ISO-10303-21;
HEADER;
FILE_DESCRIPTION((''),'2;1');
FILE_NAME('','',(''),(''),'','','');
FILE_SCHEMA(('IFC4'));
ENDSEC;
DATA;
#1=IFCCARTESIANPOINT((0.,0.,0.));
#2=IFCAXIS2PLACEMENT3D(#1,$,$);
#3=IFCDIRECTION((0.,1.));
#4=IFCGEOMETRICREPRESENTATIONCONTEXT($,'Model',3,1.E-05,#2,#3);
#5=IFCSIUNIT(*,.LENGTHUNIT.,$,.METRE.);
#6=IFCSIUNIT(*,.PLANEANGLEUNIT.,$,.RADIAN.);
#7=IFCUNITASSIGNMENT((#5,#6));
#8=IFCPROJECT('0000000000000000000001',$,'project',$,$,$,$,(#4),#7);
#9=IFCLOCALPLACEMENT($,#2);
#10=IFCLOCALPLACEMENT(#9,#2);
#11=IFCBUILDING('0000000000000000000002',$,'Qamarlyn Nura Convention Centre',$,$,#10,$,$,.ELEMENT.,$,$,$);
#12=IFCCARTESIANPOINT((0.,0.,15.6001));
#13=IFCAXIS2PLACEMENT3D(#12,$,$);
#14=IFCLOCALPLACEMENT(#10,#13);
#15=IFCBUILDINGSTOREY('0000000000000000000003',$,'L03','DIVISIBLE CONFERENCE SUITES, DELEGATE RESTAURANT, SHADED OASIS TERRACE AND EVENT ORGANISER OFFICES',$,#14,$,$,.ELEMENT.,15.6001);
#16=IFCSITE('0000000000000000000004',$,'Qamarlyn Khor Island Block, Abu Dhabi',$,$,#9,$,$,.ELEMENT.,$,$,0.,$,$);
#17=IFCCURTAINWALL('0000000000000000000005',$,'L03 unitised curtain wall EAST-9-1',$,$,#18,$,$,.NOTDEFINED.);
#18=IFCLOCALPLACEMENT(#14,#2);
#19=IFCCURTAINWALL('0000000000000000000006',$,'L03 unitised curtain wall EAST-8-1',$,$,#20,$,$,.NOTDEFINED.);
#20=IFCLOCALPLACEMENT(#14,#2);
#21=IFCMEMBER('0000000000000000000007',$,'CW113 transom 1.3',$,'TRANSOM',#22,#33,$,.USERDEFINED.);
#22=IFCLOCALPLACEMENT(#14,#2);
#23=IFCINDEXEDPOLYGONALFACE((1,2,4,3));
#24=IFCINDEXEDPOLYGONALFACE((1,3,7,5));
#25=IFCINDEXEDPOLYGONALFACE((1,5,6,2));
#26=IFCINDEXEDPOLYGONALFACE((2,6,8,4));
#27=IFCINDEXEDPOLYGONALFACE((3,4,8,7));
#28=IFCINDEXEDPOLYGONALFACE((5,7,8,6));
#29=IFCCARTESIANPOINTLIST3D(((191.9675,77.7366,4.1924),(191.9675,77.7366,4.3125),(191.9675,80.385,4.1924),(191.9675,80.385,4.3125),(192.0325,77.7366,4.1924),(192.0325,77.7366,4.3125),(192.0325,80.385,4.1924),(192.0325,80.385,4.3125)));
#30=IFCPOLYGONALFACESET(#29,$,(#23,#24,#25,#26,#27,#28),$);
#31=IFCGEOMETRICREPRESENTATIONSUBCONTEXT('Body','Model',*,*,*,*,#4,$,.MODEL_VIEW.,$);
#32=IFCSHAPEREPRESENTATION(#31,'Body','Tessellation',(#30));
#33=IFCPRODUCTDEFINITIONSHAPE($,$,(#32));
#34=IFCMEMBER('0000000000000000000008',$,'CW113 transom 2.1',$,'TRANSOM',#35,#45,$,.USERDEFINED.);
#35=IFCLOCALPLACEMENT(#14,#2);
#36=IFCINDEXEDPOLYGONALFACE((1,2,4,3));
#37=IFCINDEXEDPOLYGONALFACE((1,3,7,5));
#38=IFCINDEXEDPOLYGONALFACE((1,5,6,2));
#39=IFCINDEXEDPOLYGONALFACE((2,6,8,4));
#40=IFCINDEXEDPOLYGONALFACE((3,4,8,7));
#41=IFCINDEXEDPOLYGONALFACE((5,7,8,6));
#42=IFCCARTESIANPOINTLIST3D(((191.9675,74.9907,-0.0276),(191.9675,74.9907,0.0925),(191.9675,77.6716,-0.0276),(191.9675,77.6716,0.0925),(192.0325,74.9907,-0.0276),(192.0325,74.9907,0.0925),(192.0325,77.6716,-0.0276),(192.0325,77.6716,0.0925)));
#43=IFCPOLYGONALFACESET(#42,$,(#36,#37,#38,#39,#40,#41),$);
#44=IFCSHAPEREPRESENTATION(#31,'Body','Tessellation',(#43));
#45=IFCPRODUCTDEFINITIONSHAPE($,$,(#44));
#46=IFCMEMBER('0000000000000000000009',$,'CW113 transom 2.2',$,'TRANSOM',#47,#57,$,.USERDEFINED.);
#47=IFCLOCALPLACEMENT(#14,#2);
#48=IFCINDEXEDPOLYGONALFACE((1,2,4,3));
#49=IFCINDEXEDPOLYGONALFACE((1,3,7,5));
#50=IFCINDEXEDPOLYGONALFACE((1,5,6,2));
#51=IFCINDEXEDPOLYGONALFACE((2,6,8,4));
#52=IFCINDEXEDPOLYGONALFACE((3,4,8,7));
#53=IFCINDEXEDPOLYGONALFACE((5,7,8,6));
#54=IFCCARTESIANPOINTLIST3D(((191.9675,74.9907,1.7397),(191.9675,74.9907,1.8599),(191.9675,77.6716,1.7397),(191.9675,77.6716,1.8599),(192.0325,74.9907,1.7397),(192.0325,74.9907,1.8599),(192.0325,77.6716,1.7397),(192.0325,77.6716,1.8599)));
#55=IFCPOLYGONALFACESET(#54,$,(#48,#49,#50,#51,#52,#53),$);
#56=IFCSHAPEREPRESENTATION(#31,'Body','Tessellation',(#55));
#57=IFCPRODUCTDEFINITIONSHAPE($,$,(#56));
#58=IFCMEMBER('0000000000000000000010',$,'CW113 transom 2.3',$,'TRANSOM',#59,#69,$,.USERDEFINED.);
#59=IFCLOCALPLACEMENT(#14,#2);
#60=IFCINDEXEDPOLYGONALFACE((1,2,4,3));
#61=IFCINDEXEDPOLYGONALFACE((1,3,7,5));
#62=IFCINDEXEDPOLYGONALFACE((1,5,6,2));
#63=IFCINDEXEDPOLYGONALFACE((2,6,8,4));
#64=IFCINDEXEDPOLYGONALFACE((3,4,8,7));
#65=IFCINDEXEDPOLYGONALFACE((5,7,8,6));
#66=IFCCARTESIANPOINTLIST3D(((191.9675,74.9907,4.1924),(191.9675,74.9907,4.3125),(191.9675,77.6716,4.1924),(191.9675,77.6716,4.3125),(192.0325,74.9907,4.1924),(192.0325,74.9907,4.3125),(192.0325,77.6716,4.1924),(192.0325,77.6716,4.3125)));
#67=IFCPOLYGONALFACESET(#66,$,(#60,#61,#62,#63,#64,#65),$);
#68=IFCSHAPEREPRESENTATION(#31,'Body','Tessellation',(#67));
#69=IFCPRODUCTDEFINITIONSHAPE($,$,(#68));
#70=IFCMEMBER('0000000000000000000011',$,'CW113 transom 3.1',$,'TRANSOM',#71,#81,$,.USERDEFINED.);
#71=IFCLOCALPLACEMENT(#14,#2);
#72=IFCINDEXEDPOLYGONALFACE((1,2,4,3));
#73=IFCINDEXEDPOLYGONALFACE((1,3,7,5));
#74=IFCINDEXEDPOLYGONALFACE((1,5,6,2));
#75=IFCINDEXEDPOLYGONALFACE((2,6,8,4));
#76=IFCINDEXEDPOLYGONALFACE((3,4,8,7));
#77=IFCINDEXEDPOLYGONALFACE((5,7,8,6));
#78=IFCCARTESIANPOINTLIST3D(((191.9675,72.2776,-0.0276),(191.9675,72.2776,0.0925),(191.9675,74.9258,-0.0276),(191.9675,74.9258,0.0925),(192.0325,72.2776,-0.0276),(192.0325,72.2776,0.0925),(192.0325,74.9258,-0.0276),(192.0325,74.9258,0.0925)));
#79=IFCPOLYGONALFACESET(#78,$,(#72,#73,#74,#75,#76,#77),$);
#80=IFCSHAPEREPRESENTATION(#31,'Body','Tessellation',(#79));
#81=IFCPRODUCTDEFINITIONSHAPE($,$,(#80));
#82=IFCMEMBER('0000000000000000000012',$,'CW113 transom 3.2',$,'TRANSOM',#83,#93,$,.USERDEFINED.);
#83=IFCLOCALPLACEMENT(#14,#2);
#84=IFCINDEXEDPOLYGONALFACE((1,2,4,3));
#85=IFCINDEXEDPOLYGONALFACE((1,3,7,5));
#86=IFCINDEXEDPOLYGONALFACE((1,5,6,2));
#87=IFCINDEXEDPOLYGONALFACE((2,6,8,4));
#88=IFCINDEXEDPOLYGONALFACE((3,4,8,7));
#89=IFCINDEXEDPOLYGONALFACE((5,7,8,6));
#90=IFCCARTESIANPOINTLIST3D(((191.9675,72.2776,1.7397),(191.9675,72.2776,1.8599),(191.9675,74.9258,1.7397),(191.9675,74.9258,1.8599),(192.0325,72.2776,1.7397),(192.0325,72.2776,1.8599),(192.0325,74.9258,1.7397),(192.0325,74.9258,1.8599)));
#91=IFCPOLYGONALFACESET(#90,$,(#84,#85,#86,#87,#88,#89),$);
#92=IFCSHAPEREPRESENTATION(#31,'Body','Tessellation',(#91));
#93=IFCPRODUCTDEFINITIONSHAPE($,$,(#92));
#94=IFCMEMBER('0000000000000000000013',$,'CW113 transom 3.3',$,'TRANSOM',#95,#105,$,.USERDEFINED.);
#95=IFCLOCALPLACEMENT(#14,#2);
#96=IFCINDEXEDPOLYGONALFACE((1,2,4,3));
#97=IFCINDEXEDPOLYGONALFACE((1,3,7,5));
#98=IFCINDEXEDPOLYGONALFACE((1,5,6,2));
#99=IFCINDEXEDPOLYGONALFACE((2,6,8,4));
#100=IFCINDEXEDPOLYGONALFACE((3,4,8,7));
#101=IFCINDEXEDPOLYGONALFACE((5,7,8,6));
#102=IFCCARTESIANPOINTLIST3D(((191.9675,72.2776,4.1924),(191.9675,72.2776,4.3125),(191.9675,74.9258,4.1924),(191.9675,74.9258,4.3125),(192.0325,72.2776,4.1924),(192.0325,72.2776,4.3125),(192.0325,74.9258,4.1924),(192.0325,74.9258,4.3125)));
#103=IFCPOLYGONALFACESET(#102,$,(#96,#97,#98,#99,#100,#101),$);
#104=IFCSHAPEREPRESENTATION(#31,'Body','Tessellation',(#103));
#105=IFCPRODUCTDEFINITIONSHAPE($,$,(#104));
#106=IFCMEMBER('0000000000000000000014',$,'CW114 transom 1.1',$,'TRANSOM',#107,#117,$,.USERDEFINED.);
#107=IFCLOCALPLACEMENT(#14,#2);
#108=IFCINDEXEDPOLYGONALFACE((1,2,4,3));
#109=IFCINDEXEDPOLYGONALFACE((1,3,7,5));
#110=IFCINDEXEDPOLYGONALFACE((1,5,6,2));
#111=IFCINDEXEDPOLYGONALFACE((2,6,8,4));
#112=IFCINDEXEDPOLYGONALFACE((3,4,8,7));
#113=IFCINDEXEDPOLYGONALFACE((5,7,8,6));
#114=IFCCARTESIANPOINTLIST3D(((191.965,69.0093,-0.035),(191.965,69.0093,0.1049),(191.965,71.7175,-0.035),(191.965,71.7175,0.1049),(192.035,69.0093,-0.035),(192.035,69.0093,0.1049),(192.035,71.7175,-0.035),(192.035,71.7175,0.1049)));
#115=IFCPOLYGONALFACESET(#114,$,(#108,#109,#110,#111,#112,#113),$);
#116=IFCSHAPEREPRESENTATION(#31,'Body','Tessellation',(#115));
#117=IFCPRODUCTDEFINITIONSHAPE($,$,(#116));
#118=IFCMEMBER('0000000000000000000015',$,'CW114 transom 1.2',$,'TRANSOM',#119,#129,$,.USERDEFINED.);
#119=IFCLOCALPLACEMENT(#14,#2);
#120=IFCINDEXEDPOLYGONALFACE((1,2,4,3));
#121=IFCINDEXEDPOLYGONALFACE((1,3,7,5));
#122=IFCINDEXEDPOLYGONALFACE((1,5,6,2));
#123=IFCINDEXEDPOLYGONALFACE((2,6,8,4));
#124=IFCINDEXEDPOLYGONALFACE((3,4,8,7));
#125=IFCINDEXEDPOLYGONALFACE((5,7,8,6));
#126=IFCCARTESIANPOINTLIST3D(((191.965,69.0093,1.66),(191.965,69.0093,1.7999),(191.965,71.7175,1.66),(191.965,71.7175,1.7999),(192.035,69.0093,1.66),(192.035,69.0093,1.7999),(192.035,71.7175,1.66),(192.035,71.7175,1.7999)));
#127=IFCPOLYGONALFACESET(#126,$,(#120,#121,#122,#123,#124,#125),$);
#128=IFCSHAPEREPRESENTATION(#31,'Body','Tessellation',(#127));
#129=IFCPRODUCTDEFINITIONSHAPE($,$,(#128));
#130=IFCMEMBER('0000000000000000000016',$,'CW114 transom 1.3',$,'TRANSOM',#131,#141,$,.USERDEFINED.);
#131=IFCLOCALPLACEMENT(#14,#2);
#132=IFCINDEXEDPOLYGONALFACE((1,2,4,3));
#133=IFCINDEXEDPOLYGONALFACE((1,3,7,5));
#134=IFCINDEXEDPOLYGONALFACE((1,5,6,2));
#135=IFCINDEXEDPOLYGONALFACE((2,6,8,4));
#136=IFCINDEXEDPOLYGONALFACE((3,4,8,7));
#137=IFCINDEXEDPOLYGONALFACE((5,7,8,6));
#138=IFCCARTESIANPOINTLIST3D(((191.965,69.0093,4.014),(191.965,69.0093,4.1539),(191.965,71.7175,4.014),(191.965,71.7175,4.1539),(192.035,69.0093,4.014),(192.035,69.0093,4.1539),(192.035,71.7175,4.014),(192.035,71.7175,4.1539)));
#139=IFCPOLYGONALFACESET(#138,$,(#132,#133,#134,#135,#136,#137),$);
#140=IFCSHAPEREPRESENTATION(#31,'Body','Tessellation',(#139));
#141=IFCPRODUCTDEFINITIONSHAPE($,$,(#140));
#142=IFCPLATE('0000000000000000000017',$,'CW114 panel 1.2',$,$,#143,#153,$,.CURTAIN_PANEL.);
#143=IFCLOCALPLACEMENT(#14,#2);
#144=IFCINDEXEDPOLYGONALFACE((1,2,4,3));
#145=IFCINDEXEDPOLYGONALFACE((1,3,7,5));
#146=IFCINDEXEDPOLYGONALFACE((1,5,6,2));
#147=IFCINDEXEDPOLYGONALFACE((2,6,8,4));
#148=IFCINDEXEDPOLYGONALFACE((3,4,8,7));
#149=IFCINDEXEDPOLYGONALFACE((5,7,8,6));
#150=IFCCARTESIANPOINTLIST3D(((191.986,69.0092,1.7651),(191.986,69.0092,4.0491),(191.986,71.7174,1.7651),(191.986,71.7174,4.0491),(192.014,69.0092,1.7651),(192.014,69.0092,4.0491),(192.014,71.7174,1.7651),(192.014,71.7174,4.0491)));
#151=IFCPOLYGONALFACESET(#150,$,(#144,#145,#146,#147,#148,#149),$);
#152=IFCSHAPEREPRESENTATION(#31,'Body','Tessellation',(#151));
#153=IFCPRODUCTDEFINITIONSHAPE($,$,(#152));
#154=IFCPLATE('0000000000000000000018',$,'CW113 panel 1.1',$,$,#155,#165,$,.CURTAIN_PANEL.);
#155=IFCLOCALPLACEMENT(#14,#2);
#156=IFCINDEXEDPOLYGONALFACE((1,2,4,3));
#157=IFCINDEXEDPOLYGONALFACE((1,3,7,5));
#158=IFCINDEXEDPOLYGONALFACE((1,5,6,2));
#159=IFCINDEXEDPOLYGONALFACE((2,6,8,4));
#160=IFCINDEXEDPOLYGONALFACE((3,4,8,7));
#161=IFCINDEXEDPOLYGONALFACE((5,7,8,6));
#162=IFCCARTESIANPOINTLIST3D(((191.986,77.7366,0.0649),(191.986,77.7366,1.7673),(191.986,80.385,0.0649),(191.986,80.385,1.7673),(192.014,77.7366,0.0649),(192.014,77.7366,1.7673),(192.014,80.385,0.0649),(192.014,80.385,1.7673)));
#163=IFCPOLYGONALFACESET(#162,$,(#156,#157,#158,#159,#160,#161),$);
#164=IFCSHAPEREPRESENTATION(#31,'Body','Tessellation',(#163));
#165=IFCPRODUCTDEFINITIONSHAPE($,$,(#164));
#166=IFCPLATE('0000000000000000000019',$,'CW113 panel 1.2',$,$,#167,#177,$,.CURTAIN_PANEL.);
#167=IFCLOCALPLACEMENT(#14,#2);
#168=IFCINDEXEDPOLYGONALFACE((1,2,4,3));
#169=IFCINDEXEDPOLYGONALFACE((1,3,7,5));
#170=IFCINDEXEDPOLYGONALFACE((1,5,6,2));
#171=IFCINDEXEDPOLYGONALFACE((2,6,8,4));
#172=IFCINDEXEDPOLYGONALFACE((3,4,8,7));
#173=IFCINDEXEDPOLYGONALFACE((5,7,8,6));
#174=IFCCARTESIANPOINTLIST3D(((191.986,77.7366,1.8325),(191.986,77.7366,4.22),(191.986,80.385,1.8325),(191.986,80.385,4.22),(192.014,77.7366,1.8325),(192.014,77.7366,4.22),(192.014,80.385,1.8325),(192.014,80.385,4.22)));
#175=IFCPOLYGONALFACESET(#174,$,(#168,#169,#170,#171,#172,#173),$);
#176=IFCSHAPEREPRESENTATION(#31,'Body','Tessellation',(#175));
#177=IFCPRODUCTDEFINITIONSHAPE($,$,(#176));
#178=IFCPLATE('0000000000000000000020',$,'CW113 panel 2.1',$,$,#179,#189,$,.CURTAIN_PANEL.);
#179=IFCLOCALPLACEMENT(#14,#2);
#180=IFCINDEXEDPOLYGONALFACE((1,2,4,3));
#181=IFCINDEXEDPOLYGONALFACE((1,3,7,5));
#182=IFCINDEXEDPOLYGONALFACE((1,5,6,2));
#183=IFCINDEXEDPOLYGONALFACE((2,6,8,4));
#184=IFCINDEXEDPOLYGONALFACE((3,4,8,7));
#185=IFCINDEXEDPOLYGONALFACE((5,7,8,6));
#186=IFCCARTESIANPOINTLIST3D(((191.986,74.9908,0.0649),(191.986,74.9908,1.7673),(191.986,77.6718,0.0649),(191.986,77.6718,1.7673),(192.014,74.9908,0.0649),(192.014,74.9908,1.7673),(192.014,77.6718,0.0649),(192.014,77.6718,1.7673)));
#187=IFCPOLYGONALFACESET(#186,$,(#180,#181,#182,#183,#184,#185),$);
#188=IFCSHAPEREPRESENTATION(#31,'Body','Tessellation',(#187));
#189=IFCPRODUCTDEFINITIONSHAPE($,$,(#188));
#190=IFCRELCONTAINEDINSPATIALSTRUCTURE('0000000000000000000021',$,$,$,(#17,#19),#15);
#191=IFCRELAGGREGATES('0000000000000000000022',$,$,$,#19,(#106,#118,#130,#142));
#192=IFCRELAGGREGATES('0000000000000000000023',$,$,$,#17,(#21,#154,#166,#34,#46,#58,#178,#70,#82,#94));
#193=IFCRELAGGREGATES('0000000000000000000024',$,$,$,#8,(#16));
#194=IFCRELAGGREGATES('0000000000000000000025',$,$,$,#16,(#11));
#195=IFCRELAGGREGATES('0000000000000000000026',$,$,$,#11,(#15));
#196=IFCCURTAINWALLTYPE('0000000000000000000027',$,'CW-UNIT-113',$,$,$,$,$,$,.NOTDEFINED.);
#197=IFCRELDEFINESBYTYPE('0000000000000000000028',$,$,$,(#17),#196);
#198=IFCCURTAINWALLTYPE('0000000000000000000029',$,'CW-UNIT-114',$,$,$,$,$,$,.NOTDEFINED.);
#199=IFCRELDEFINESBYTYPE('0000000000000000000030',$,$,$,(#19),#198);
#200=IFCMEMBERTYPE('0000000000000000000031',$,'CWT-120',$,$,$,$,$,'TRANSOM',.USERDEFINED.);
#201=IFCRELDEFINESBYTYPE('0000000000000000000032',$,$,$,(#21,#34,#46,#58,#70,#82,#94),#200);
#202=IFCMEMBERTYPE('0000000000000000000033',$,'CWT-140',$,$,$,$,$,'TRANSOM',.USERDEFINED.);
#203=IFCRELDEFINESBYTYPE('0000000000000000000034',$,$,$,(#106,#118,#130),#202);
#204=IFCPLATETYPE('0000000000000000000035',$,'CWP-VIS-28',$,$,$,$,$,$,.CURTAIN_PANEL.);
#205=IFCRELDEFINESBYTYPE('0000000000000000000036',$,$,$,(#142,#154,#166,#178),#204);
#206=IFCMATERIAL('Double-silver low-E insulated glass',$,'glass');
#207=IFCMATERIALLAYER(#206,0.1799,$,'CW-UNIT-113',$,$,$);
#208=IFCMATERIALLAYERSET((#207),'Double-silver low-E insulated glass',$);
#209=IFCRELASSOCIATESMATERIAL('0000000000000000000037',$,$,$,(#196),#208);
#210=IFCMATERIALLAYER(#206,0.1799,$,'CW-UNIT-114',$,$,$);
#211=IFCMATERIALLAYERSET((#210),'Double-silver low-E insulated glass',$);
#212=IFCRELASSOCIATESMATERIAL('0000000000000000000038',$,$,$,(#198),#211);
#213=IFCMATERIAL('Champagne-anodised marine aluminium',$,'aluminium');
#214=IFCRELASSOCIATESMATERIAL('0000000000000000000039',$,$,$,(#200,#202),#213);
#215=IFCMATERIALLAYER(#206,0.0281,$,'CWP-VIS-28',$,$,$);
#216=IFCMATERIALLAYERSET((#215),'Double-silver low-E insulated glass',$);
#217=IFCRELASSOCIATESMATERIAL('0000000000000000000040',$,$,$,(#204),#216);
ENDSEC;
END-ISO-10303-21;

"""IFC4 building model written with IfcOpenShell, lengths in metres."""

from ifc_helpers import new_model, si_unit, direction, frame, origin, origin_2d, place, context, subcontext, project, spatial, rectangle, extrude, material, layer, layer_set, material_profile, profile_set, type_object, element, aggregate, save


model = new_model("IFC4")

# Units and contexts
model_context = context("Model", 3, precision=1e-05, world=origin(), true_north=direction((0.0, 1.0)))
body_context = subcontext(model_context, "Body", "Model", "MODEL_VIEW")
ifc_project = project(units=[si_unit("LENGTHUNIT", "METRE"), si_unit("PLANEANGLEUNIT", "RADIAN")], contexts=[model_context])

# Site, building, storey
site_placement = place(None, origin())
site = spatial("IfcSite", under=ifc_project, at=site_placement, Name="Qamarlyn Khor Island Block, Abu Dhabi", CompositionType="ELEMENT", RefElevation=0.0)
building_placement = place(site_placement, origin())
building = spatial("IfcBuilding", under=site, at=building_placement, Name="Qamarlyn Nura Convention Centre", CompositionType="ELEMENT")
storey_placement = place(building_placement, frame((0.0, 0.0, 15.6001)))
storey = spatial("IfcBuildingStorey", under=building, at=storey_placement, Name="L03", Description="DIVISIBLE CONFERENCE SUITES, DELEGATE RESTAURANT, SHADED OASIS TERRACE AND EVENT ORGANISER OFFICES", CompositionType="ELEMENT", Elevation=15.6001)

# Curtain wall
ifc_material_1 = material(Name="Double-silver low-E insulated glass", Category="glass")
ifc_layer_1 = layer(ifc_material_1, 0.1799, Name="CW-UNIT-113")
ifc_layer_set_1 = layer_set([ifc_layer_1], Name="Double-silver low-E insulated glass")
curtain_wall_type_1 = type_object("IfcCurtainWallType", Name="CW-UNIT-113", PredefinedType="NOTDEFINED", material=ifc_layer_set_1)
curtain_wall_1_placement = place(storey_placement, origin())
curtain_wall_1 = element("IfcCurtainWall", 1, at=curtain_wall_1_placement, inside=storey, type_object=curtain_wall_type_1, Name="L03 unitised curtain wall EAST-9-1", PredefinedType="NOTDEFINED")
ifc_material_2 = material(Name="Champagne-anodised marine aluminium", Category="aluminium")

# Curtain wall
ifc_layer_2 = layer(ifc_material_1, 0.1799, Name="CW-UNIT-114")
ifc_layer_set_2 = layer_set([ifc_layer_2], Name="Double-silver low-E insulated glass")
curtain_wall_type_2 = type_object("IfcCurtainWallType", Name="CW-UNIT-114", PredefinedType="NOTDEFINED", material=ifc_layer_set_2)
curtain_wall_2_placement = place(storey_placement, origin())
curtain_wall_2 = element("IfcCurtainWall", 2, at=curtain_wall_2_placement, inside=storey, type_object=curtain_wall_type_2, Name="L03 unitised curtain wall EAST-8-1", PredefinedType="NOTDEFINED")

# Members
ifc_material_profile_1 = material_profile(ifc_material_2, rectangle(XDim=0.0649, YDim=0.1201, at=origin_2d()), Name="ALU TRANSOM 65x120")
ifc_profile_set_1 = profile_set([ifc_material_profile_1], Name="Champagne-anodised marine aluminium")
member_type_1 = type_object("IfcMemberType", Name="CWT-120", ElementType="TRANSOM", PredefinedType="USERDEFINED", material=ifc_profile_set_1)
member_1_placement = place(storey_placement, frame((192.0, 80.385, 4.2524), z_axis=(0.0, -1.0, 0.0), x_axis=(1.0, 0.0, 0.0)))
member_1 = element("IfcMember", 3, at=member_1_placement, type_object=member_type_1, Name="CW113 transom 1.3", ObjectType="TRANSOM", PredefinedType="USERDEFINED", context=body_context, shape_type="SweptSolid", body=[
    extrude(rectangle(XDim=0.0649, YDim=0.1201, at=origin_2d()), origin(), (0.0, 0.0, 1.0), 2.6484),
])
member_2_placement = place(storey_placement, frame((192.0, 77.6716, 0.0325), z_axis=(0.0, -1.0, 0.0), x_axis=(1.0, 0.0, 0.0)))
member_2 = element("IfcMember", 4, at=member_2_placement, type_object=member_type_1, Name="CW113 transom 2.1", ObjectType="TRANSOM", PredefinedType="USERDEFINED", context=body_context, shape_type="SweptSolid", body=[
    extrude(rectangle(XDim=0.0649, YDim=0.1201, at=origin_2d()), origin(), (0.0, 0.0, 1.0), 2.6809),
])
member_3_placement = place(storey_placement, frame((192.0, 77.6716, 1.7998), z_axis=(0.0, -1.0, 0.0), x_axis=(1.0, 0.0, 0.0)))
member_3 = element("IfcMember", 5, at=member_3_placement, type_object=member_type_1, Name="CW113 transom 2.2", ObjectType="TRANSOM", PredefinedType="USERDEFINED", context=body_context, shape_type="SweptSolid", body=[
    extrude(rectangle(XDim=0.0649, YDim=0.1201, at=origin_2d()), origin(), (0.0, 0.0, 1.0), 2.6809),
])
member_4_placement = place(storey_placement, frame((192.0, 77.6716, 4.2524), z_axis=(0.0, -1.0, 0.0), x_axis=(1.0, 0.0, 0.0)))
member_4 = element("IfcMember", 6, at=member_4_placement, type_object=member_type_1, Name="CW113 transom 2.3", ObjectType="TRANSOM", PredefinedType="USERDEFINED", context=body_context, shape_type="SweptSolid", body=[
    extrude(rectangle(XDim=0.0649, YDim=0.1201, at=origin_2d()), origin(), (0.0, 0.0, 1.0), 2.6809),
])
member_5_placement = place(storey_placement, frame((192.0, 74.9258, 0.0325), z_axis=(0.0, -1.0, 0.0), x_axis=(1.0, 0.0, 0.0)))
member_5 = element("IfcMember", 7, at=member_5_placement, type_object=member_type_1, Name="CW113 transom 3.1", ObjectType="TRANSOM", PredefinedType="USERDEFINED", context=body_context, shape_type="SweptSolid", body=[
    extrude(rectangle(XDim=0.0649, YDim=0.1201, at=origin_2d()), origin(), (0.0, 0.0, 1.0), 2.6482),
])
member_6_placement = place(storey_placement, frame((192.0, 74.9258, 1.7998), z_axis=(0.0, -1.0, 0.0), x_axis=(1.0, 0.0, 0.0)))
member_6 = element("IfcMember", 8, at=member_6_placement, type_object=member_type_1, Name="CW113 transom 3.2", ObjectType="TRANSOM", PredefinedType="USERDEFINED", context=body_context, shape_type="SweptSolid", body=[
    extrude(rectangle(XDim=0.0649, YDim=0.1201, at=origin_2d()), origin(), (0.0, 0.0, 1.0), 2.6482),
])
member_7_placement = place(storey_placement, frame((192.0, 74.9258, 4.2524), z_axis=(0.0, -1.0, 0.0), x_axis=(1.0, 0.0, 0.0)))
member_7 = element("IfcMember", 9, at=member_7_placement, type_object=member_type_1, Name="CW113 transom 3.3", ObjectType="TRANSOM", PredefinedType="USERDEFINED", context=body_context, shape_type="SweptSolid", body=[
    extrude(rectangle(XDim=0.0649, YDim=0.1201, at=origin_2d()), origin(), (0.0, 0.0, 1.0), 2.6482),
])
ifc_material_profile_2 = material_profile(ifc_material_2, rectangle(XDim=0.0701, YDim=0.1399, at=origin_2d()), Name="ALU TRANSOM 70x140")
ifc_profile_set_2 = profile_set([ifc_material_profile_2], Name="Champagne-anodised marine aluminium")
member_type_2 = type_object("IfcMemberType", Name="CWT-140", ElementType="TRANSOM", PredefinedType="USERDEFINED", material=ifc_profile_set_2)
member_8_placement = place(storey_placement, frame((192.0, 71.7175, 0.0349), z_axis=(0.0, -1.0, 0.0), x_axis=(1.0, 0.0, 0.0)))
member_8 = element("IfcMember", 10, at=member_8_placement, type_object=member_type_2, Name="CW114 transom 1.1", ObjectType="TRANSOM", PredefinedType="USERDEFINED", context=body_context, shape_type="SweptSolid", body=[
    extrude(rectangle(XDim=0.0701, YDim=0.1399, at=origin_2d()), origin(), (0.0, 0.0, 1.0), 2.7083),
])
member_9_placement = place(storey_placement, frame((192.0, 71.7175, 1.73), z_axis=(0.0, -1.0, 0.0), x_axis=(1.0, 0.0, 0.0)))
member_9 = element("IfcMember", 11, at=member_9_placement, type_object=member_type_2, Name="CW114 transom 1.2", ObjectType="TRANSOM", PredefinedType="USERDEFINED", context=body_context, shape_type="SweptSolid", body=[
    extrude(rectangle(XDim=0.0701, YDim=0.1399, at=origin_2d()), origin(), (0.0, 0.0, 1.0), 2.7083),
])
member_10_placement = place(storey_placement, frame((192.0, 71.7175, 4.084), z_axis=(0.0, -1.0, 0.0), x_axis=(1.0, 0.0, 0.0)))
member_10 = element("IfcMember", 12, at=member_10_placement, type_object=member_type_2, Name="CW114 transom 1.3", ObjectType="TRANSOM", PredefinedType="USERDEFINED", context=body_context, shape_type="SweptSolid", body=[
    extrude(rectangle(XDim=0.0701, YDim=0.1399, at=origin_2d()), origin(), (0.0, 0.0, 1.0), 2.7083),
])

# Plates
ifc_layer_3 = layer(ifc_material_1, 0.0281, Name="CWP-VIS-28")
ifc_layer_set_3 = layer_set([ifc_layer_3], Name="Double-silver low-E insulated glass")
plate_type = type_object("IfcPlateType", Name="CWP-VIS-28", PredefinedType="CURTAIN_PANEL", material=ifc_layer_set_3)
plate_1_placement = place(storey_placement, frame((192.0, 70.3633, 1.7651), z_axis=(0.0, 0.0, 1.0), x_axis=(0.0, -1.0, 0.0)))
plate_1 = element("IfcPlate", 13, at=plate_1_placement, type_object=plate_type, Name="CW114 panel 1.2", PredefinedType="CURTAIN_PANEL", context=body_context, shape_type="SweptSolid", body=[
    extrude(rectangle(XDim=2.7083, YDim=0.0281, at=origin_2d()), origin(), (0.0, 0.0, 1.0), 2.2839),
])
aggregate(curtain_wall_2, [member_8, member_9, member_10, plate_1])
plate_2_placement = place(storey_placement, frame((192.0, 79.0608, 0.0649), z_axis=(0.0, 0.0, 1.0), x_axis=(0.0, -1.0, 0.0)))
plate_2 = element("IfcPlate", 14, at=plate_2_placement, type_object=plate_type, Name="CW113 panel 1.1", PredefinedType="CURTAIN_PANEL", context=body_context, shape_type="SweptSolid", body=[
    extrude(rectangle(XDim=2.6484, YDim=0.0281, at=origin_2d()), origin(), (0.0, 0.0, 1.0), 1.7024),
])
plate_3_placement = place(storey_placement, frame((192.0, 79.0608, 1.8325), z_axis=(0.0, 0.0, 1.0), x_axis=(0.0, -1.0, 0.0)))
plate_3 = element("IfcPlate", 15, at=plate_3_placement, type_object=plate_type, Name="CW113 panel 1.2", PredefinedType="CURTAIN_PANEL", context=body_context, shape_type="SweptSolid", body=[
    extrude(rectangle(XDim=2.6484, YDim=0.0281, at=origin_2d()), origin(), (0.0, 0.0, 1.0), 2.3875),
])
plate_4_placement = place(storey_placement, frame((192.0, 76.3313, 0.0649), z_axis=(0.0, 0.0, 1.0), x_axis=(0.0, -1.0, 0.0)))
plate_4 = element("IfcPlate", 16, at=plate_4_placement, type_object=plate_type, Name="CW113 panel 2.1", PredefinedType="CURTAIN_PANEL", context=body_context, shape_type="SweptSolid", body=[
    extrude(rectangle(XDim=2.6809, YDim=0.0281, at=origin_2d()), origin(), (0.0, 0.0, 1.0), 1.7024),
])
aggregate(curtain_wall_1, [member_1, plate_2, plate_3, member_2, member_3, member_4, plate_4, member_5, member_6, member_7])

save(model, "model.ifc")
